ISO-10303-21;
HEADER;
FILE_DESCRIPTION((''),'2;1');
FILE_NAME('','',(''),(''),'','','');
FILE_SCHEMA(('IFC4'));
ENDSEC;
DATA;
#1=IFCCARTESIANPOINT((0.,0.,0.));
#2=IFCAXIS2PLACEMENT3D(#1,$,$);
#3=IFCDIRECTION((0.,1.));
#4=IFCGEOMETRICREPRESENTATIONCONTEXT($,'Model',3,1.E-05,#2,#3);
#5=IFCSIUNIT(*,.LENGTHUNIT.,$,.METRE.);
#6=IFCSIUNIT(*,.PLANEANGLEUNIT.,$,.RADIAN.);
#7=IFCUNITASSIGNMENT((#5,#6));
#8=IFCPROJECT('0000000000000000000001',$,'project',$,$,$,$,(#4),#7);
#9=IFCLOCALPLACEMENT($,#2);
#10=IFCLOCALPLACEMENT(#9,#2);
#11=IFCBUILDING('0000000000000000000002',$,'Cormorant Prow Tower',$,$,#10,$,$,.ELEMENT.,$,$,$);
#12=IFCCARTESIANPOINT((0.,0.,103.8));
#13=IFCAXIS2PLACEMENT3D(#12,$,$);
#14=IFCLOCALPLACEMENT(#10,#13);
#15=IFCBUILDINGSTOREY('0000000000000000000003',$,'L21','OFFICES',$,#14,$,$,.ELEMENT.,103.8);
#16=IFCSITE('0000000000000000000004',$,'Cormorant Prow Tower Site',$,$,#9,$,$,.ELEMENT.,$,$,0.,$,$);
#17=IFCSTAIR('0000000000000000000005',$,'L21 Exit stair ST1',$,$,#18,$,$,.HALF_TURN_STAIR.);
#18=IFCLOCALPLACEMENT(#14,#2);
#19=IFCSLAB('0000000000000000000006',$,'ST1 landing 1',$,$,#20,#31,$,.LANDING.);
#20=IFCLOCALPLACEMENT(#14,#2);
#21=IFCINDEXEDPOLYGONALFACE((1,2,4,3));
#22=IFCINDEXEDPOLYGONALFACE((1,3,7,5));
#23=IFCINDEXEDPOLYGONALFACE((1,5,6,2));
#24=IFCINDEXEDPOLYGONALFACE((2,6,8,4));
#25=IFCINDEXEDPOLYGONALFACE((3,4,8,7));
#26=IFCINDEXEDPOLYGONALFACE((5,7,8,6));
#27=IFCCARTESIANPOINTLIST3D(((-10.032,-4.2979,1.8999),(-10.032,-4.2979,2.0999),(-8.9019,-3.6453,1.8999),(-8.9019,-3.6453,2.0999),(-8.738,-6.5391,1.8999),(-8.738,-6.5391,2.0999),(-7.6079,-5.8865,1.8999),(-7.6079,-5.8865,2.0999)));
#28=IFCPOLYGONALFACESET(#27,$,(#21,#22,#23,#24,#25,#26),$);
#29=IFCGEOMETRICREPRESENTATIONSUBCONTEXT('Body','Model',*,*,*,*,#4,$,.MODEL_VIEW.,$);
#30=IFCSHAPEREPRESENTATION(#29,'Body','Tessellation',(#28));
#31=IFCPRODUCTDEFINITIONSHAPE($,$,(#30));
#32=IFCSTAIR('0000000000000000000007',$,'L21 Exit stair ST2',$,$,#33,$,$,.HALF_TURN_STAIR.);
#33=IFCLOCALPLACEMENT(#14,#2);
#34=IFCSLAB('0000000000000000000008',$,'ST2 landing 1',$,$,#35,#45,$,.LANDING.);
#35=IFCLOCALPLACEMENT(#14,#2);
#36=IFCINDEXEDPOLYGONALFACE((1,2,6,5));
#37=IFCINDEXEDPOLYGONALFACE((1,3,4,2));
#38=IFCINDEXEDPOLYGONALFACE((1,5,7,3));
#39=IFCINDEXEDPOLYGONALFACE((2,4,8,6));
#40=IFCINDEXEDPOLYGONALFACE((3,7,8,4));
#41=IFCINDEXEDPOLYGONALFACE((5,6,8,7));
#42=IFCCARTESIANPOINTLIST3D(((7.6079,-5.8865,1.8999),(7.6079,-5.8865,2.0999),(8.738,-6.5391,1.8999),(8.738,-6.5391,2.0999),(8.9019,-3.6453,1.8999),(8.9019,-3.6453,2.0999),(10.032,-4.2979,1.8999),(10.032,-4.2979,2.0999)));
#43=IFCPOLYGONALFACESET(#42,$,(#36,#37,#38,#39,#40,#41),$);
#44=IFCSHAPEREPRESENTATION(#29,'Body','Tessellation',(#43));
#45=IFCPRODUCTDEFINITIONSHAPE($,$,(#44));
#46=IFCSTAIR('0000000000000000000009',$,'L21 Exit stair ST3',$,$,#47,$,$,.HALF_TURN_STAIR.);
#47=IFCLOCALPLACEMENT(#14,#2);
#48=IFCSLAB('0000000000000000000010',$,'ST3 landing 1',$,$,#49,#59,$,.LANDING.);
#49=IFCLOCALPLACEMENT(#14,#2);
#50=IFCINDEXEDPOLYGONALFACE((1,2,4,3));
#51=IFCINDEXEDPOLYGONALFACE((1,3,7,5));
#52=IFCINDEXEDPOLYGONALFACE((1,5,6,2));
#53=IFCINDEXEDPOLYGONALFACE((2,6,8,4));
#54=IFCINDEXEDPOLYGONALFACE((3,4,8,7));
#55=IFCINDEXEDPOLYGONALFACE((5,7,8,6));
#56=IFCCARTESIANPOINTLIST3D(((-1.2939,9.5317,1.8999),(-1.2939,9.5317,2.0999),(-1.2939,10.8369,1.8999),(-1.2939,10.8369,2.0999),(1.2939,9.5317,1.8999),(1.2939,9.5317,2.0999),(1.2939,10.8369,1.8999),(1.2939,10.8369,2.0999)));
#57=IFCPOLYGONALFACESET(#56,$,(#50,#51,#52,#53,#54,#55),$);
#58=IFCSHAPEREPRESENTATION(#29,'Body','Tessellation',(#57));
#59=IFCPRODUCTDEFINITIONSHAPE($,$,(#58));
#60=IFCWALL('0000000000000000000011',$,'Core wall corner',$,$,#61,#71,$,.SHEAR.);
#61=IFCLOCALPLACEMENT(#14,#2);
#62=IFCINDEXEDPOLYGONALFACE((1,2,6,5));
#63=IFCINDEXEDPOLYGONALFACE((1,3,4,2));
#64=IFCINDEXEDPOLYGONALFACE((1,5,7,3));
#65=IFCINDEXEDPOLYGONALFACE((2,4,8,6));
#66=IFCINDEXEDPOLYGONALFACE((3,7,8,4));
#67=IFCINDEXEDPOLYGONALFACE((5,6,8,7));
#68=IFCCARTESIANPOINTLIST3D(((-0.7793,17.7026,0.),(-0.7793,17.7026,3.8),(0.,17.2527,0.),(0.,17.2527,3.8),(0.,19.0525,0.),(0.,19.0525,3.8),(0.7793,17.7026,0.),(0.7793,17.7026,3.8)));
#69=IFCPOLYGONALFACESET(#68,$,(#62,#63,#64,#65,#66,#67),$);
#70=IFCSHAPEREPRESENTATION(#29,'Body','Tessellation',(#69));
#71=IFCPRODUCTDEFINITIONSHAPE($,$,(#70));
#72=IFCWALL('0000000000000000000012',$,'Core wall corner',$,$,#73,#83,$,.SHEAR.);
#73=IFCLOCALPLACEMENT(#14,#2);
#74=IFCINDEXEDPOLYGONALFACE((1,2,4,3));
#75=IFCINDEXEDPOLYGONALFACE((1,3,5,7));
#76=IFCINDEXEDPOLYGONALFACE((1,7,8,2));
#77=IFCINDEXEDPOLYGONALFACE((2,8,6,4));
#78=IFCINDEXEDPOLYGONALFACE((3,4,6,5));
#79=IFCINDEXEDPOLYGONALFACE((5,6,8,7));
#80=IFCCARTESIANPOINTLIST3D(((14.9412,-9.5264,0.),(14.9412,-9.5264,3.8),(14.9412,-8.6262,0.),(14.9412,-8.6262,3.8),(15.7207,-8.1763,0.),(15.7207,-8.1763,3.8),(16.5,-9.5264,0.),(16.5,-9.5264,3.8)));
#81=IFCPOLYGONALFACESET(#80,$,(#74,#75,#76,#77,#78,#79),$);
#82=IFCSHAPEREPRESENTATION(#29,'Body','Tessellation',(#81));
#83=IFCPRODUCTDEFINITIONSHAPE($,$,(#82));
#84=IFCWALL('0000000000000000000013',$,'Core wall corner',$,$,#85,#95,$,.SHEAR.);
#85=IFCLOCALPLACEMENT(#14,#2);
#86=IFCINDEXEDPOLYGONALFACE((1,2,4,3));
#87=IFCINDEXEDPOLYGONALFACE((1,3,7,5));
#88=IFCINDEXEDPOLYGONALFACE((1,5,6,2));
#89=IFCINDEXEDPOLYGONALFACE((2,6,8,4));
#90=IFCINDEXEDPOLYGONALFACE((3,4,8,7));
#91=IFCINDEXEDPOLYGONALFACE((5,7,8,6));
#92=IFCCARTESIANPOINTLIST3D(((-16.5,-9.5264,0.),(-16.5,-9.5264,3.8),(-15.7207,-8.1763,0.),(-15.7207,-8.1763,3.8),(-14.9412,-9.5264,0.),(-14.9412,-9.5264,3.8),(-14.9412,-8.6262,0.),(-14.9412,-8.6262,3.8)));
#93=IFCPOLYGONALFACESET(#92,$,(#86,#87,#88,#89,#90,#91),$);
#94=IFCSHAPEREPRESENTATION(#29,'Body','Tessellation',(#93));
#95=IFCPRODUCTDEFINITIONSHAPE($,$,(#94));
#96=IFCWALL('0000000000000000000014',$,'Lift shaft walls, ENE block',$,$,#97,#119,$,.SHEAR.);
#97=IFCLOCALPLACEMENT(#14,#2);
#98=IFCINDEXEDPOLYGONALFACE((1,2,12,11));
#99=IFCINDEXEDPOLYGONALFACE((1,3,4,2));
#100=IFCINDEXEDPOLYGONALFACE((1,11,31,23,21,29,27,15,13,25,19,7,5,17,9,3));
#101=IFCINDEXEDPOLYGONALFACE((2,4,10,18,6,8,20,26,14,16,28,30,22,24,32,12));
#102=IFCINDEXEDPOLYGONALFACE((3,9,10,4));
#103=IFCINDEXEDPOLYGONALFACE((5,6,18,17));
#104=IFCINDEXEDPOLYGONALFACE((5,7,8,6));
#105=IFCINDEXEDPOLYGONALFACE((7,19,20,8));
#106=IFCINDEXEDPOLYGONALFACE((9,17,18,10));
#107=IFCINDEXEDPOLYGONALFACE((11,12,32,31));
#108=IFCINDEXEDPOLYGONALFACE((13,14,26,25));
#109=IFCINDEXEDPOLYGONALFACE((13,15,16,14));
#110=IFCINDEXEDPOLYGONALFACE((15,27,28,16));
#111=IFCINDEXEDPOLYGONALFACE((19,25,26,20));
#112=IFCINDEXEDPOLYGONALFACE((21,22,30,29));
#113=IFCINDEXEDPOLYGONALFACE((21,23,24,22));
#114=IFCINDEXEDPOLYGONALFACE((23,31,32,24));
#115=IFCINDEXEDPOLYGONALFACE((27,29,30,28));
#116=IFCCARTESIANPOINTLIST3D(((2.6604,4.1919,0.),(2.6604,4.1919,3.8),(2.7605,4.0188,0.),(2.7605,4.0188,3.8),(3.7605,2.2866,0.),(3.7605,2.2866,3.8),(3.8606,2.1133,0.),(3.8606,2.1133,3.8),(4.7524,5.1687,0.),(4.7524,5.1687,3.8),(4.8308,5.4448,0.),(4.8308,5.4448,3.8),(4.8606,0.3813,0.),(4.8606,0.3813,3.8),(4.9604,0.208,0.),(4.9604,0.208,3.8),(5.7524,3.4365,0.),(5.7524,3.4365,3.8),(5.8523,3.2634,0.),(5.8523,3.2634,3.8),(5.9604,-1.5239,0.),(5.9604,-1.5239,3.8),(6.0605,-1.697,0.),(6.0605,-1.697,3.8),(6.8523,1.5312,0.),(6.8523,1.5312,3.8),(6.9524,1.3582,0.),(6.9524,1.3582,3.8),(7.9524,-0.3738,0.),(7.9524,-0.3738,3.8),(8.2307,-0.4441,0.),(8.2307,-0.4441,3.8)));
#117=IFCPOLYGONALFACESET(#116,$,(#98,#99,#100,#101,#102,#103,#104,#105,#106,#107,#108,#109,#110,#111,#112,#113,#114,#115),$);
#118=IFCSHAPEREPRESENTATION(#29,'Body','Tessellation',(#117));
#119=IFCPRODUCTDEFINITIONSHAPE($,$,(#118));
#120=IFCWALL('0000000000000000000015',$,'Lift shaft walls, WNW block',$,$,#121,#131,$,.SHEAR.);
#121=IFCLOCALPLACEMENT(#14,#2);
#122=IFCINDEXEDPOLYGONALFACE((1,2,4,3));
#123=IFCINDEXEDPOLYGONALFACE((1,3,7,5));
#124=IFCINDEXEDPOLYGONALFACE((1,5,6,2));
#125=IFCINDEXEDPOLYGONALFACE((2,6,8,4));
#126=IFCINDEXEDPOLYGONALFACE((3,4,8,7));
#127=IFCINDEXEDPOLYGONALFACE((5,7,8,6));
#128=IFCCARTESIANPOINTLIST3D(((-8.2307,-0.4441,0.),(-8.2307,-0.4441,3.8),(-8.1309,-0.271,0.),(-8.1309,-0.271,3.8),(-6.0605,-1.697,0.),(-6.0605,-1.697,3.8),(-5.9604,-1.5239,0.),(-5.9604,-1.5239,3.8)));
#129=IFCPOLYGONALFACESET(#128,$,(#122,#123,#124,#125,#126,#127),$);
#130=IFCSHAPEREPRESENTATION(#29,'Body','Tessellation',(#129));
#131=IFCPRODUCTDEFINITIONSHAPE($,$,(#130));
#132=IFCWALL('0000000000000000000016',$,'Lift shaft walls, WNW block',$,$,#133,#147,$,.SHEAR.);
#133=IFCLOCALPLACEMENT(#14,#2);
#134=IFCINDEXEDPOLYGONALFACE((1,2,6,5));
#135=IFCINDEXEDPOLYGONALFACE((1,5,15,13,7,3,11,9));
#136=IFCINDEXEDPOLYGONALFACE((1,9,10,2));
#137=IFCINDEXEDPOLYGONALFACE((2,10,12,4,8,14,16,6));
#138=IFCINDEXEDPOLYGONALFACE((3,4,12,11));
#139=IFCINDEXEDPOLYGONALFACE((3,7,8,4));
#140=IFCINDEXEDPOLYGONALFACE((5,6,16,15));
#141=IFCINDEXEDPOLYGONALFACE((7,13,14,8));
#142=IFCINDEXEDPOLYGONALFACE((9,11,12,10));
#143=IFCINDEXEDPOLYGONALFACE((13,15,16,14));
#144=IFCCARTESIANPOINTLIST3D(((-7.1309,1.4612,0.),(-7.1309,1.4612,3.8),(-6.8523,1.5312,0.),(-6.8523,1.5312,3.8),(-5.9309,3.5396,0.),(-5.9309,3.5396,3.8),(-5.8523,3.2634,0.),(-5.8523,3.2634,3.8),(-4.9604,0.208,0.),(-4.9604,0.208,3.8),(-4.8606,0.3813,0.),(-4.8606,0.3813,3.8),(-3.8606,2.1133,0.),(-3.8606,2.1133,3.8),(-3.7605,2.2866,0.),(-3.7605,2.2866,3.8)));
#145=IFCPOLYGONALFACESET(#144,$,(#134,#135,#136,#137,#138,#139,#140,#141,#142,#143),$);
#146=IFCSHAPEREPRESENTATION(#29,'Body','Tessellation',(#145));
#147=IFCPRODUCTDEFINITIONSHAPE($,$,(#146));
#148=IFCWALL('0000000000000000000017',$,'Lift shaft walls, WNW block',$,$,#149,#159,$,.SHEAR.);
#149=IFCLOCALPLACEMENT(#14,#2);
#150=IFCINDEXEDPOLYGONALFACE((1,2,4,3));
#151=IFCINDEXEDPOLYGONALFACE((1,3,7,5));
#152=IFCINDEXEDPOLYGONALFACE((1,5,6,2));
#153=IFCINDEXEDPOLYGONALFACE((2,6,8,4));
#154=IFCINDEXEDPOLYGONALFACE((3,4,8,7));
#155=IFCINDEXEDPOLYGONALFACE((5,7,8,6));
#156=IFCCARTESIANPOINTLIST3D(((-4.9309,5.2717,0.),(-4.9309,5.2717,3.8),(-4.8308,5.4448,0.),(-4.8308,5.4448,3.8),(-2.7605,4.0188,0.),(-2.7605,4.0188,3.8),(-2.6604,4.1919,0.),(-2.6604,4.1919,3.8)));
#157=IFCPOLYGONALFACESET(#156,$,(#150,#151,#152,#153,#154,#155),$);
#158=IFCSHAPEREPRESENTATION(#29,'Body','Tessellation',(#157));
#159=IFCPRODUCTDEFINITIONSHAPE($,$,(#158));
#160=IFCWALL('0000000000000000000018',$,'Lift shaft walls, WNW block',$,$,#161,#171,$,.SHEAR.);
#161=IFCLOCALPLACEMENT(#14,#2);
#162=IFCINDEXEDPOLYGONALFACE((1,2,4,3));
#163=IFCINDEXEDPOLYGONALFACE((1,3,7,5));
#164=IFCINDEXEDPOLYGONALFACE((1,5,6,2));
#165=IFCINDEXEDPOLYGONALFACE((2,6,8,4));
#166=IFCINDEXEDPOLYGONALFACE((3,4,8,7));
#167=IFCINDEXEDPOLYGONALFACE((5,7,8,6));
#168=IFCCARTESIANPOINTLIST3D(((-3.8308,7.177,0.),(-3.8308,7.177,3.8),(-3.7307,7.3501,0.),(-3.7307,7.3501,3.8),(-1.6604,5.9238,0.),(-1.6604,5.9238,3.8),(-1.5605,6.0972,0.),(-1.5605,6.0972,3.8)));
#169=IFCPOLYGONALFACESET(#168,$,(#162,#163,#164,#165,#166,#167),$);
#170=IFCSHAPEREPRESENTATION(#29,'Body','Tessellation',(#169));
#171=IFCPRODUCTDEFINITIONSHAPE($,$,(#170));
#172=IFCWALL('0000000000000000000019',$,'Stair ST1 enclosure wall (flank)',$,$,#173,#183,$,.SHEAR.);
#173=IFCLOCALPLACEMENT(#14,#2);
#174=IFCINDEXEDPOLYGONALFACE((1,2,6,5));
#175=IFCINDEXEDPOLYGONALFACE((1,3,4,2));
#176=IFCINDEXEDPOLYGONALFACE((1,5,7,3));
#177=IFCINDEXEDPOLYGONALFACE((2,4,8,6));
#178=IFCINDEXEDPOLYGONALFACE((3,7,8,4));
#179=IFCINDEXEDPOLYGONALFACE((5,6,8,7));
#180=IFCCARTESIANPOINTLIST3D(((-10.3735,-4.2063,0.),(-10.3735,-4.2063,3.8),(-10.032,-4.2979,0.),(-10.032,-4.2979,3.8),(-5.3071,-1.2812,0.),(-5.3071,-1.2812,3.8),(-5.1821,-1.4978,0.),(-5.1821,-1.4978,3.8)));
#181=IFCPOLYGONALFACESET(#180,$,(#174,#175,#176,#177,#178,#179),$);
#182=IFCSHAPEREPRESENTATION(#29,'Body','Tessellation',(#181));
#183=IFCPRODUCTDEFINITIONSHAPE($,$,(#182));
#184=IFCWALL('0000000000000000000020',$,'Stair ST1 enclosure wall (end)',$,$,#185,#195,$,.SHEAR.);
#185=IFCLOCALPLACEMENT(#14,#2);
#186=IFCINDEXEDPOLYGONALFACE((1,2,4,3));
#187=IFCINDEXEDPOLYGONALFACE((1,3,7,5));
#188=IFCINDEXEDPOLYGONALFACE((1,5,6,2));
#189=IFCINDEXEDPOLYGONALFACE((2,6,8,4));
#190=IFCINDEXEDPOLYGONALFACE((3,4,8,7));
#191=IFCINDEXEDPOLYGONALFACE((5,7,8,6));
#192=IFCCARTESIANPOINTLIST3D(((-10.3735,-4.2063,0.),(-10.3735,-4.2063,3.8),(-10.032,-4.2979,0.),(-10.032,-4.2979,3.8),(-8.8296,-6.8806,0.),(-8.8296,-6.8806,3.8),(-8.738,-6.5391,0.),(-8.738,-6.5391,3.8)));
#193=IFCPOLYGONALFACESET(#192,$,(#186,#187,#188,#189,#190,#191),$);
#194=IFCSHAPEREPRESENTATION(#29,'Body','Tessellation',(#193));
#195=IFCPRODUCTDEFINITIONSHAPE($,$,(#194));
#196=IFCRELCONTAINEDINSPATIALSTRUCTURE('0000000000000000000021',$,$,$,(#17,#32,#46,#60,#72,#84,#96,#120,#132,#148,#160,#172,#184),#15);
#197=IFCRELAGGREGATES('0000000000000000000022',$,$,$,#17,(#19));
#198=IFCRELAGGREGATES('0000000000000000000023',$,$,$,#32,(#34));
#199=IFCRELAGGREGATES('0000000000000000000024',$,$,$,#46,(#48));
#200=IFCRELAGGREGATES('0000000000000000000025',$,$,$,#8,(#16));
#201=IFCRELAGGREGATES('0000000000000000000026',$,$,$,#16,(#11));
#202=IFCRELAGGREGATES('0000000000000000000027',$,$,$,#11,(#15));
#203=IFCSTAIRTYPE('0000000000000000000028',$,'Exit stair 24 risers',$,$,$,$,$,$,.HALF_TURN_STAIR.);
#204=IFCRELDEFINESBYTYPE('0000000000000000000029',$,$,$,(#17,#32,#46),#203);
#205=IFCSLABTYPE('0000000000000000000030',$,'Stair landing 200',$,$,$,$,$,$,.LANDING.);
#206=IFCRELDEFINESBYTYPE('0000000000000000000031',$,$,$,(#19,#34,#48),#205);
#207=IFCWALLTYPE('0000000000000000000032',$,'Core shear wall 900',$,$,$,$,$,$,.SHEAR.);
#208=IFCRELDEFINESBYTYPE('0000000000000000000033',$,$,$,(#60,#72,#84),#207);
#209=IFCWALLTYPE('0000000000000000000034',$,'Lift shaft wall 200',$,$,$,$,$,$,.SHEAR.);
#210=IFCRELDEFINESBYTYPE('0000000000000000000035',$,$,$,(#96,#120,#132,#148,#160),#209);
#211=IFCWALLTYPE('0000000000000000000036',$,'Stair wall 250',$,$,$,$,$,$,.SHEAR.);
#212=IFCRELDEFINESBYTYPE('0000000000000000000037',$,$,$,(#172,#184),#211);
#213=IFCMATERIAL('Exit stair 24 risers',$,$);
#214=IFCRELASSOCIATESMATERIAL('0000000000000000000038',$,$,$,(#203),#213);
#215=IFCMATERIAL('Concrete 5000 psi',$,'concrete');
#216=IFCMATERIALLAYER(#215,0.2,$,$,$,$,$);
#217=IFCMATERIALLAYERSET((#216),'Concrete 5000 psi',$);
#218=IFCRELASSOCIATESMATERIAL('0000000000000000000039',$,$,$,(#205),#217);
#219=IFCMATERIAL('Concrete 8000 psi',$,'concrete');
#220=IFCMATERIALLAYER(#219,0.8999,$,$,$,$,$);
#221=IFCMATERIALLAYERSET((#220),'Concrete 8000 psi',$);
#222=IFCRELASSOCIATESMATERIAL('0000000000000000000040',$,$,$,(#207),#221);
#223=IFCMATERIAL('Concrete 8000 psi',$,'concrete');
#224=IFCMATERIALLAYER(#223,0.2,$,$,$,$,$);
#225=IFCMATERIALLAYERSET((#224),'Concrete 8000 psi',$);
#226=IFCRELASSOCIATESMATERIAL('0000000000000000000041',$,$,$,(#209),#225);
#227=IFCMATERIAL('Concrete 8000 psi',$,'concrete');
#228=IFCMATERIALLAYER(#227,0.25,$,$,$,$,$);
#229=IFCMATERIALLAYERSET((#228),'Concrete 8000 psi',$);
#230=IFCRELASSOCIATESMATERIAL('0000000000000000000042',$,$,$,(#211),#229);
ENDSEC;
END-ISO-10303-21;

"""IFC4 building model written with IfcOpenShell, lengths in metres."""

from ifc_helpers import new_model, si_unit, direction, frame, origin, place, context, subcontext, project, spatial, polyline, outline, extrude, material, layer, layer_set, type_object, element, aggregate, save


model = new_model("IFC4")

# Units and contexts
model_context = context("Model", 3, precision=1e-05, world=origin(), true_north=direction((0.0, 1.0)))
body_context = subcontext(model_context, "Body", "Model", "MODEL_VIEW")
ifc_project = project(units=[si_unit("LENGTHUNIT", "METRE"), si_unit("PLANEANGLEUNIT", "RADIAN")], contexts=[model_context])

# Site, building, storey
site_placement = place(None, origin())
site = spatial("IfcSite", under=ifc_project, at=site_placement, Name="Cormorant Prow Tower Site", CompositionType="ELEMENT", RefElevation=0.0)
building_placement = place(site_placement, origin())
building = spatial("IfcBuilding", under=site, at=building_placement, Name="Cormorant Prow Tower", CompositionType="ELEMENT")
storey_placement = place(building_placement, frame((0.0, 0.0, 103.8)))
storey = spatial("IfcBuildingStorey", under=building, at=storey_placement, Name="L21", Description="OFFICES", CompositionType="ELEMENT", Elevation=103.8)

# Stairs, slabs
ifc_material_1 = material(Name="Exit stair 24 risers")
stair_type = type_object("IfcStairType", Name="Exit stair 24 risers", PredefinedType="HALF_TURN_STAIR", material=ifc_material_1)
stair_1_placement = place(storey_placement, origin())
stair_1 = element("IfcStair", 1, at=stair_1_placement, inside=storey, type_object=stair_type, Name="L21 Exit stair ST1", PredefinedType="HALF_TURN_STAIR")
ifc_material_2 = material(Name="Concrete 5000 psi", Category="concrete")
ifc_layer_1 = layer(ifc_material_2, 0.2)
ifc_layer_set_1 = layer_set([ifc_layer_1], Name="Concrete 5000 psi")
slab_type = type_object("IfcSlabType", Name="Stair landing 200", PredefinedType="LANDING", material=ifc_layer_set_1)
slab_1_placement = place(storey_placement, frame((0.0, 0.0, 1.8999)))
slab_1 = element("IfcSlab", 2, at=slab_1_placement, type_object=slab_type, Name="ST1 landing 1", PredefinedType="LANDING", context=body_context, shape_type="SweptSolid", body=[
    extrude(outline(polyline([(-8.9019, -3.6453), (-10.032, -4.2979), (-8.738, -6.5391), (-7.6079, -5.8865), (-8.9019, -3.6453)])), origin(), (0.0, 0.0, 1.0), 0.2),
])
aggregate(stair_1, [slab_1])
stair_2_placement = place(storey_placement, origin())
stair_2 = element("IfcStair", 3, at=stair_2_placement, inside=storey, type_object=stair_type, Name="L21 Exit stair ST2", PredefinedType="HALF_TURN_STAIR")
slab_2_placement = place(storey_placement, frame((0.0, 0.0, 1.8999)))
slab_2 = element("IfcSlab", 4, at=slab_2_placement, type_object=slab_type, Name="ST2 landing 1", PredefinedType="LANDING", context=body_context, shape_type="SweptSolid", body=[
    extrude(outline(polyline([(7.6079, -5.8865), (8.738, -6.5391), (10.032, -4.2979), (8.9019, -3.6453), (7.6079, -5.8865)])), origin(), (0.0, 0.0, 1.0), 0.2),
])
aggregate(stair_2, [slab_2])
stair_3_placement = place(storey_placement, origin())
stair_3 = element("IfcStair", 5, at=stair_3_placement, inside=storey, type_object=stair_type, Name="L21 Exit stair ST3", PredefinedType="HALF_TURN_STAIR")
slab_3_placement = place(storey_placement, frame((0.0, 0.0, 1.8999)))
slab_3 = element("IfcSlab", 6, at=slab_3_placement, type_object=slab_type, Name="ST3 landing 1", PredefinedType="LANDING", context=body_context, shape_type="SweptSolid", body=[
    extrude(outline(polyline([(1.2939, 9.5317), (1.2939, 10.8369), (-1.2939, 10.8369), (-1.2939, 9.5317), (1.2939, 9.5317)])), origin(), (0.0, 0.0, 1.0), 0.2),
])
aggregate(stair_3, [slab_3])

# Walls
ifc_material_3 = material(Name="Concrete 8000 psi", Category="concrete")
ifc_layer_2 = layer(ifc_material_3, 0.8999)
ifc_layer_set_2 = layer_set([ifc_layer_2], Name="Concrete 8000 psi")
wall_type_1 = type_object("IfcWallType", Name="Core shear wall 900", PredefinedType="SHEAR", material=ifc_layer_set_2)
wall_1_placement = place(storey_placement, origin())
element("IfcWall", 7, at=wall_1_placement, inside=storey, type_object=wall_type_1, Name="Core wall corner", PredefinedType="SHEAR", context=body_context, shape_type="SweptSolid", body=[
    extrude(outline(polyline([(-0.7793, 17.7026), (0.0, 19.0525), (0.7793, 17.7026), (0.0, 17.2527), (-0.7793, 17.7026)])), origin(), (0.0, 0.0, 1.0), 3.8),
])
wall_2_placement = place(storey_placement, origin())
element("IfcWall", 8, at=wall_2_placement, inside=storey, type_object=wall_type_1, Name="Core wall corner", PredefinedType="SHEAR", context=body_context, shape_type="SweptSolid", body=[
    extrude(outline(polyline([(14.9412, -8.6262), (15.7207, -8.1763), (16.5, -9.5264), (14.9412, -9.5264), (14.9412, -8.6262)])), origin(), (0.0, 0.0, 1.0), 3.8),
])
wall_3_placement = place(storey_placement, origin())
element("IfcWall", 9, at=wall_3_placement, inside=storey, type_object=wall_type_1, Name="Core wall corner", PredefinedType="SHEAR", context=body_context, shape_type="SweptSolid", body=[
    extrude(outline(polyline([(-14.9412, -8.6262), (-14.9412, -9.5264), (-16.5, -9.5264), (-15.7207, -8.1763), (-14.9412, -8.6262)])), origin(), (0.0, 0.0, 1.0), 3.8),
])
ifc_material_4 = material(Name="Concrete 8000 psi", Category="concrete")
ifc_layer_3 = layer(ifc_material_4, 0.2)
ifc_layer_set_3 = layer_set([ifc_layer_3], Name="Concrete 8000 psi")
wall_type_2 = type_object("IfcWallType", Name="Lift shaft wall 200", PredefinedType="SHEAR", material=ifc_layer_set_3)
wall_4_placement = place(storey_placement, origin())
element("IfcWall", 10, at=wall_4_placement, inside=storey, type_object=wall_type_2, Name="Lift shaft walls, ENE block", PredefinedType="SHEAR", context=body_context, shape_type="SweptSolid", body=[
    extrude(outline(polyline([(2.6604, 4.1919), (4.8308, 5.4448), (8.2307, -0.4441), (6.0605, -1.697), (5.9604, -1.5239), (7.9524, -0.3738), (6.9524, 1.3582), (4.9604, 0.208), (4.8606, 0.3813), (6.8523, 1.5312), (5.8523, 3.2634), (3.8606, 2.1133), (3.7605, 2.2866), (5.7524, 3.4365), (4.7524, 5.1687), (2.7605, 4.0188), (2.6604, 4.1919)])), origin(), (0.0, 0.0, 1.0), 3.8),
])
wall_5_placement = place(storey_placement, origin())
element("IfcWall", 11, at=wall_5_placement, inside=storey, type_object=wall_type_2, Name="Lift shaft walls, WNW block", PredefinedType="SHEAR", context=body_context, shape_type="SweptSolid", body=[
    extrude(outline(polyline([(-6.0605, -1.697), (-8.2307, -0.4441), (-8.1309, -0.271), (-5.9604, -1.5239), (-6.0605, -1.697)])), origin(), (0.0, 0.0, 1.0), 3.8),
])
wall_6_placement = place(storey_placement, origin())
element("IfcWall", 12, at=wall_6_placement, inside=storey, type_object=wall_type_2, Name="Lift shaft walls, WNW block", PredefinedType="SHEAR", context=body_context, shape_type="SweptSolid", body=[
    extrude(outline(polyline([(-4.9604, 0.208), (-7.1309, 1.4612), (-5.9309, 3.5396), (-3.7605, 2.2866), (-3.8606, 2.1133), (-5.8523, 3.2634), (-6.8523, 1.5312), (-4.8606, 0.3813), (-4.9604, 0.208)])), origin(), (0.0, 0.0, 1.0), 3.8),
])
wall_7_placement = place(storey_placement, origin())
element("IfcWall", 13, at=wall_7_placement, inside=storey, type_object=wall_type_2, Name="Lift shaft walls, WNW block", PredefinedType="SHEAR", context=body_context, shape_type="SweptSolid", body=[
    extrude(outline(polyline([(-2.7605, 4.0188), (-4.9309, 5.2717), (-4.8308, 5.4448), (-2.6604, 4.1919), (-2.7605, 4.0188)])), origin(), (0.0, 0.0, 1.0), 3.8),
])
wall_8_placement = place(storey_placement, origin())
element("IfcWall", 14, at=wall_8_placement, inside=storey, type_object=wall_type_2, Name="Lift shaft walls, WNW block", PredefinedType="SHEAR", context=body_context, shape_type="SweptSolid", body=[
    extrude(outline(polyline([(-3.7307, 7.3501), (-1.5605, 6.0972), (-1.6604, 5.9238), (-3.8308, 7.177), (-3.7307, 7.3501)])), origin(), (0.0, 0.0, 1.0), 3.8),
])
ifc_material_5 = material(Name="Concrete 8000 psi", Category="concrete")
ifc_layer_4 = layer(ifc_material_5, 0.25)
ifc_layer_set_4 = layer_set([ifc_layer_4], Name="Concrete 8000 psi")
wall_type_3 = type_object("IfcWallType", Name="Stair wall 250", PredefinedType="SHEAR", material=ifc_layer_set_4)
wall_9_placement = place(storey_placement, origin())
element("IfcWall", 15, at=wall_9_placement, inside=storey, type_object=wall_type_3, Name="Stair ST1 enclosure wall (flank)", PredefinedType="SHEAR", context=body_context, shape_type="SweptSolid", body=[
    extrude(outline(polyline([(-5.3071, -1.2812), (-10.3735, -4.2063), (-10.032, -4.2979), (-5.1821, -1.4978), (-5.3071, -1.2812)])), origin(), (0.0, 0.0, 1.0), 3.8),
])
wall_10_placement = place(storey_placement, origin())
element("IfcWall", 16, at=wall_10_placement, inside=storey, type_object=wall_type_3, Name="Stair ST1 enclosure wall (end)", PredefinedType="SHEAR", context=body_context, shape_type="SweptSolid", body=[
    extrude(outline(polyline([(-10.3735, -4.2063), (-8.8296, -6.8806), (-8.738, -6.5391), (-10.032, -4.2979), (-10.3735, -4.2063)])), origin(), (0.0, 0.0, 1.0), 3.8),
])

save(model, "model.ifc")
